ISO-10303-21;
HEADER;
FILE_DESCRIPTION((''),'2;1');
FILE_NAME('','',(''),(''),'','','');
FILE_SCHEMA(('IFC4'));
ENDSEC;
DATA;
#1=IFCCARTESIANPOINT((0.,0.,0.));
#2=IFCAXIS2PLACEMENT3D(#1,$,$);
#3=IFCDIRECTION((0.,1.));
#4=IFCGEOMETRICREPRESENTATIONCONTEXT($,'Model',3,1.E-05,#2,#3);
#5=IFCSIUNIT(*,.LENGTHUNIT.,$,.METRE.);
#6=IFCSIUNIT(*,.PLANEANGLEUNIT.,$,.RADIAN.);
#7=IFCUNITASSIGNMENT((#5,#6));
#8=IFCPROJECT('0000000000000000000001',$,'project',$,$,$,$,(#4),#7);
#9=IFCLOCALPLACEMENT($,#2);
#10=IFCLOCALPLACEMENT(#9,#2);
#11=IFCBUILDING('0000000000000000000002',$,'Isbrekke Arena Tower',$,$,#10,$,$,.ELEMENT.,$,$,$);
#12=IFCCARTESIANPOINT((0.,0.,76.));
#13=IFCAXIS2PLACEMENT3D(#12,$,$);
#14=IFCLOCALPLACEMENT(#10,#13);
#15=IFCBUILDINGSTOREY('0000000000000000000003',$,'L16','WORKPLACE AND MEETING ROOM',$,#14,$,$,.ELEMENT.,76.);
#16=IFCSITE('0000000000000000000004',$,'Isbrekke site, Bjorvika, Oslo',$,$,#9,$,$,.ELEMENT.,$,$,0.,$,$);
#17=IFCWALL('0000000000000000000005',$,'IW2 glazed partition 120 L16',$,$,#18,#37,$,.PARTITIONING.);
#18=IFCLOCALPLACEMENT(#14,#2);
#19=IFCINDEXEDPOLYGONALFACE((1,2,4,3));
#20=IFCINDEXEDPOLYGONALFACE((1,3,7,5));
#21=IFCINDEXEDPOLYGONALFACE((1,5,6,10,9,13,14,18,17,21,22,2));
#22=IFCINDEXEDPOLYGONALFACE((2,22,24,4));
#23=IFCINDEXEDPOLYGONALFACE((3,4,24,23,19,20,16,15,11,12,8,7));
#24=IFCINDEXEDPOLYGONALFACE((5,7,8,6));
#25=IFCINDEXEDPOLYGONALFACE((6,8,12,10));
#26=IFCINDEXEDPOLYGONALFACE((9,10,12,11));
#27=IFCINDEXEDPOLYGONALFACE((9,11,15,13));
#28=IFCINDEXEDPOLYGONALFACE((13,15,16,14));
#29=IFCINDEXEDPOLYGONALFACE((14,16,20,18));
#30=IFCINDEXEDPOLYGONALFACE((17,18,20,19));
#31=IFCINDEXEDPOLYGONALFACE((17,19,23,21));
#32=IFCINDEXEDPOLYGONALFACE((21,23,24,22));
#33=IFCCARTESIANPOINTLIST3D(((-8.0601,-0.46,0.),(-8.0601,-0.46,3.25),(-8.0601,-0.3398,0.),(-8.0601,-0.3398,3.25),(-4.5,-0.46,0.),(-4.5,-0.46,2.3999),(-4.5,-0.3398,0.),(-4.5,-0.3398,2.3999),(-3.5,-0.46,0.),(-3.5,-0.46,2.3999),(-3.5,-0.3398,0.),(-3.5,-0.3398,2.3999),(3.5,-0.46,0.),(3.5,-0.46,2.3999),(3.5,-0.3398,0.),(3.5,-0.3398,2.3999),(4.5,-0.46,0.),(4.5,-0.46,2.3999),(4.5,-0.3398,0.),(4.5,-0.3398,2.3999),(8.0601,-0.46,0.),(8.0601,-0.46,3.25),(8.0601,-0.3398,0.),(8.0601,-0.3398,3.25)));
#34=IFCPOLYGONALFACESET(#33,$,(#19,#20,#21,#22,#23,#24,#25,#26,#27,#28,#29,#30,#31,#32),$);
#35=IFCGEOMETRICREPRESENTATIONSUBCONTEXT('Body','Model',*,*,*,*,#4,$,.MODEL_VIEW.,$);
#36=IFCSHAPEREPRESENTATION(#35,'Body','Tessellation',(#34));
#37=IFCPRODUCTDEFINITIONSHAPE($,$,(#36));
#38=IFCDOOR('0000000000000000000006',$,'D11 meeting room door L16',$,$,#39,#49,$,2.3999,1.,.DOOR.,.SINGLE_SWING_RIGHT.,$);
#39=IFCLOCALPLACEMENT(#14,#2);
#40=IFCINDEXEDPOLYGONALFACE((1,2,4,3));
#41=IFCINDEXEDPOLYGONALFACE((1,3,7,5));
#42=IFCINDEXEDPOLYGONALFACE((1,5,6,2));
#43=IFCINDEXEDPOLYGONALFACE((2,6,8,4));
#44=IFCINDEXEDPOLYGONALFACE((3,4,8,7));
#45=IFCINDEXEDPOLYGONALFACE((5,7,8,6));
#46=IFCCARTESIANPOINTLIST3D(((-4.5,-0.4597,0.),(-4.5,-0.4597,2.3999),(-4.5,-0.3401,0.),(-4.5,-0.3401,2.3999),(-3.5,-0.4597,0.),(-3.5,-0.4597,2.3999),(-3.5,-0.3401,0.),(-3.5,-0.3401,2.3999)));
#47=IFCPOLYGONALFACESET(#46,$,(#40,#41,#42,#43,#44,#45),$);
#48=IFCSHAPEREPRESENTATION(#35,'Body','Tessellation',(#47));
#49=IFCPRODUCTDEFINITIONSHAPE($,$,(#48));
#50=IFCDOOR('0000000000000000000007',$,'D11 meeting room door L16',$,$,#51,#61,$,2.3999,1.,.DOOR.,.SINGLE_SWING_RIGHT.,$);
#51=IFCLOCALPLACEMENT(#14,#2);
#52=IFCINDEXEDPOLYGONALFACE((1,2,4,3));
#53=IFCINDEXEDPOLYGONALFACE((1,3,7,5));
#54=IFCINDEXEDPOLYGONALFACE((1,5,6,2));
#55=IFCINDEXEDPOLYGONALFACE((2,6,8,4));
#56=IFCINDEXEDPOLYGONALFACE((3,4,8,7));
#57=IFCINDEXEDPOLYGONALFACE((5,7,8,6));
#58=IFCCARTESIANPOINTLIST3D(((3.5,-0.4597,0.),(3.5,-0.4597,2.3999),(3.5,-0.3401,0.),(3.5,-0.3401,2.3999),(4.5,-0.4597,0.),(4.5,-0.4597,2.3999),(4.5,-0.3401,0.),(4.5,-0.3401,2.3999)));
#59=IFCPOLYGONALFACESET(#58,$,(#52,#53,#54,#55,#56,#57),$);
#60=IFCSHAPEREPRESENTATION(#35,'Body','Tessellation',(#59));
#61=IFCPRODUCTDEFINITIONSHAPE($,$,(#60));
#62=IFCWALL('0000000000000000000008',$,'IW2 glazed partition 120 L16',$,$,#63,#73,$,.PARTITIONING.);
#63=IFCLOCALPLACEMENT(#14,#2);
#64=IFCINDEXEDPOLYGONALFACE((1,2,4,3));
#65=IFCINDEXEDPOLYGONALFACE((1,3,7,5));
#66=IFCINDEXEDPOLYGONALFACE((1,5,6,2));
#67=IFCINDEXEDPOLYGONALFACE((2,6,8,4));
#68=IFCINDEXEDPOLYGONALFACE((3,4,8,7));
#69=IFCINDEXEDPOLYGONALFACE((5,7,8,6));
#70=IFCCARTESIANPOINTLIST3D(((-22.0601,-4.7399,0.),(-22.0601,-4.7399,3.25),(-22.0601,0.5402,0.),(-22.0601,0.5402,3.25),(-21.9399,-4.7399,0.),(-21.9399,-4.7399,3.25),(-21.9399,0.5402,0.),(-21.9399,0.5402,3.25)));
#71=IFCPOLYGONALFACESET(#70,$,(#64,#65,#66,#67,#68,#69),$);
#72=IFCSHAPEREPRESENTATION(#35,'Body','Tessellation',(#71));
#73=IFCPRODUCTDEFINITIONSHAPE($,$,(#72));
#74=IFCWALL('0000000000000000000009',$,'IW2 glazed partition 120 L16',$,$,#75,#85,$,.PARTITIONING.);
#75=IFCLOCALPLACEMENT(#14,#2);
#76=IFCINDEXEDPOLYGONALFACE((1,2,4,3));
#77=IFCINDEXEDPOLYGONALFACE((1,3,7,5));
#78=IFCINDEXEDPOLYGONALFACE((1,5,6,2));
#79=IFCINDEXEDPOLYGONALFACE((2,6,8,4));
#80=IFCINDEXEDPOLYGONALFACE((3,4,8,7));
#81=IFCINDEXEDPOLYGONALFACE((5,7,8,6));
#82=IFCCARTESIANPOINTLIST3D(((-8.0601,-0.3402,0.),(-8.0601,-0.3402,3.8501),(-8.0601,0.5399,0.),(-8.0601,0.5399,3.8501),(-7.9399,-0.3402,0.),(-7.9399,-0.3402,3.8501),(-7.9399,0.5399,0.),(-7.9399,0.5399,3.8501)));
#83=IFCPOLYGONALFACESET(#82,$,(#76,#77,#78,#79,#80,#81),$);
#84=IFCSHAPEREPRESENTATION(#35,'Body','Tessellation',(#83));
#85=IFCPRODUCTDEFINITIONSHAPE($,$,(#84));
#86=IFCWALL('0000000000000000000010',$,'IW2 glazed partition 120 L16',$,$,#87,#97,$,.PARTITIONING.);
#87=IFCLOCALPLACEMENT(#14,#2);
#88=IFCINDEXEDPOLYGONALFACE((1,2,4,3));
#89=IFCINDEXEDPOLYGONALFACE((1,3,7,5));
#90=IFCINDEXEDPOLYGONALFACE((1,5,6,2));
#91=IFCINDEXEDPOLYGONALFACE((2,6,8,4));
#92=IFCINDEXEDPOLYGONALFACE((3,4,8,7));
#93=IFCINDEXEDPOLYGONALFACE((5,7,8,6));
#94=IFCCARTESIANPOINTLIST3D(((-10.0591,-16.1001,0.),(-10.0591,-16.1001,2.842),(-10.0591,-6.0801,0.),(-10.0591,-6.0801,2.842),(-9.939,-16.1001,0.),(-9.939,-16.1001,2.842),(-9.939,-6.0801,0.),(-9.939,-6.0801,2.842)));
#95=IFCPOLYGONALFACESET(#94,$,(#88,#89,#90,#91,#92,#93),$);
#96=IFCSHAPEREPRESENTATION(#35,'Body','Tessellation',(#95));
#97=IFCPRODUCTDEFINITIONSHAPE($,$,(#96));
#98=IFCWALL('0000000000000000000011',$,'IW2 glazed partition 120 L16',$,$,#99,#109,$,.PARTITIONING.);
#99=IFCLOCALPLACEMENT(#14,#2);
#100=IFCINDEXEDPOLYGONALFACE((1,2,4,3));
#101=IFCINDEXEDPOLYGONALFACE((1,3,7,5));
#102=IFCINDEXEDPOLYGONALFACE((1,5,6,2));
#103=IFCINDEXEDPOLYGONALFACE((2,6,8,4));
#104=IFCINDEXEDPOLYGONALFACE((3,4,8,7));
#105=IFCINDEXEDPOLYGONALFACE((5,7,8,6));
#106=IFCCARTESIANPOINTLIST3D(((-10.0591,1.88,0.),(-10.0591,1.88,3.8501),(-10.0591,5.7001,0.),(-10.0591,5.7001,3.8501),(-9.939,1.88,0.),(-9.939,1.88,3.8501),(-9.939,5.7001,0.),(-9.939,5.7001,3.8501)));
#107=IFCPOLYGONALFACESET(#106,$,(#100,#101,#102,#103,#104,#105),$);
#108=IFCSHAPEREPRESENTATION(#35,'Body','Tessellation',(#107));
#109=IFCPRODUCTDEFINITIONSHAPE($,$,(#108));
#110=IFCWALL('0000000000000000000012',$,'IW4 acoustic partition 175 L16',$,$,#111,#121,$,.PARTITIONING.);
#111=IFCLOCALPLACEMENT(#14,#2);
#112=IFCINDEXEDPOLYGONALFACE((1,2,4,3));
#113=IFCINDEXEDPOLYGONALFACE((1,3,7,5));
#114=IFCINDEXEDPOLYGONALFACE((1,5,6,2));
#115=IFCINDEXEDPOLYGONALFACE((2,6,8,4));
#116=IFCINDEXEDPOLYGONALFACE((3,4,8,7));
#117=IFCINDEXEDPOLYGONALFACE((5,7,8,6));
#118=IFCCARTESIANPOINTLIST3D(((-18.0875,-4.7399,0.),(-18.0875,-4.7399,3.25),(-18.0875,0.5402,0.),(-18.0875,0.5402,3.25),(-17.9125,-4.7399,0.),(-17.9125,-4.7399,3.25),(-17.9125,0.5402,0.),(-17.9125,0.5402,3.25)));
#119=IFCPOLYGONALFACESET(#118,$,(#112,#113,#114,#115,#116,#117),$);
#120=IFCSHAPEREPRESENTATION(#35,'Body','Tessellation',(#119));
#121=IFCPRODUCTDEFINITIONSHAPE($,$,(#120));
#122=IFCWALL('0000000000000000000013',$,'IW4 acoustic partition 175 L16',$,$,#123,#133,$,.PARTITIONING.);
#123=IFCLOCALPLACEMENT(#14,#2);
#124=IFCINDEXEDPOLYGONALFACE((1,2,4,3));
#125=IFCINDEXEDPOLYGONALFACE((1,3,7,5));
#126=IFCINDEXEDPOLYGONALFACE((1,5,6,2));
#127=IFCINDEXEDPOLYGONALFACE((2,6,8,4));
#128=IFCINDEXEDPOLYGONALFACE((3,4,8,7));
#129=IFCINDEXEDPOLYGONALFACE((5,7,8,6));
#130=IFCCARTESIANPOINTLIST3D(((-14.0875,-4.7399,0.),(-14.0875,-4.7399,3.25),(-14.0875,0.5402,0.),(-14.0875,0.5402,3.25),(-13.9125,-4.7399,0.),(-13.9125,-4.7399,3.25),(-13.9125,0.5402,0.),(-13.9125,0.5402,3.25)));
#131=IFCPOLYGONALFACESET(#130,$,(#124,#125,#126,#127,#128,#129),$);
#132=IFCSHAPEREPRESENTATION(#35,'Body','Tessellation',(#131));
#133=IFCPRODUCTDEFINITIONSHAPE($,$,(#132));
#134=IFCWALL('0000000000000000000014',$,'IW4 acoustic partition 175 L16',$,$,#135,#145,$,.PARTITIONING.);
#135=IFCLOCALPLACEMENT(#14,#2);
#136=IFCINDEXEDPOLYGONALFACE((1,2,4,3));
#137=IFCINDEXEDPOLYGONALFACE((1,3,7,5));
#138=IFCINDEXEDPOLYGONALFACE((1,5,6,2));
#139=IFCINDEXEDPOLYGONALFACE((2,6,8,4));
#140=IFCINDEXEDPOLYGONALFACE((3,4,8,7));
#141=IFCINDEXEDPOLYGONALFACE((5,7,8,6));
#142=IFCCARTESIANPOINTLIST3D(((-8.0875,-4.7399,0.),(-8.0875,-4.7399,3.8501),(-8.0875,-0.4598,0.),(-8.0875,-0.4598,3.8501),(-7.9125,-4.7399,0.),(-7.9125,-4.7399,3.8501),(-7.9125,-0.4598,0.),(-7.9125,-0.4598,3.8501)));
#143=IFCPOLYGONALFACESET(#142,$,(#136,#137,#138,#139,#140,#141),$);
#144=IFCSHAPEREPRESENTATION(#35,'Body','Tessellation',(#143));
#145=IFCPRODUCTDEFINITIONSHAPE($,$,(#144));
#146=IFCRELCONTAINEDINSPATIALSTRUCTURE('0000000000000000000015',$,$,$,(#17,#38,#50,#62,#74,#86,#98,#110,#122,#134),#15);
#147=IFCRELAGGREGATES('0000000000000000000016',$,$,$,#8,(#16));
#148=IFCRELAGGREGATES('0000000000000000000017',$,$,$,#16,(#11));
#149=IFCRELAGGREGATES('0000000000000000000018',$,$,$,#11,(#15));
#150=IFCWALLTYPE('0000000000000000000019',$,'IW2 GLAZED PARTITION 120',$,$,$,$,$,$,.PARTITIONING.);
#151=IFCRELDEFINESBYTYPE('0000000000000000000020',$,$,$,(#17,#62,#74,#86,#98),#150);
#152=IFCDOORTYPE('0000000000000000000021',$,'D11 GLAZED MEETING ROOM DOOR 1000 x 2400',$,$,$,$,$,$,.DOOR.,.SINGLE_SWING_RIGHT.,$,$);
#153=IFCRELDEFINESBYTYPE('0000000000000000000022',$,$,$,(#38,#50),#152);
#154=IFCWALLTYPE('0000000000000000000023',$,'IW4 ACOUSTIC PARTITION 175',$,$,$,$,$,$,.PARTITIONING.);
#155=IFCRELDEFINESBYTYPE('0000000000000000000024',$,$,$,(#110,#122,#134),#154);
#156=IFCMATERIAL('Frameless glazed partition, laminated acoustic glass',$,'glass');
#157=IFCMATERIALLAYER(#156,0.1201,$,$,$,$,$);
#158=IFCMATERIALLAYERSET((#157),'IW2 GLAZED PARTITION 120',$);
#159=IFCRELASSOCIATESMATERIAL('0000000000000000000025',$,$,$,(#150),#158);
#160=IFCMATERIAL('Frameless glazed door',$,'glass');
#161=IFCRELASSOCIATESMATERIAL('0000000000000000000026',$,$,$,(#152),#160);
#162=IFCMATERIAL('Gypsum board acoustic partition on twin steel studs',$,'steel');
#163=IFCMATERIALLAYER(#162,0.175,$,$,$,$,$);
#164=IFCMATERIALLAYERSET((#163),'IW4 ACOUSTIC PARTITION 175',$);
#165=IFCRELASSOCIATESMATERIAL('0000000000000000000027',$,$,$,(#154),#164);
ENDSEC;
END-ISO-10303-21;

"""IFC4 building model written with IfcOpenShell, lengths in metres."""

from ifc_helpers import new_model, si_unit, direction, frame, frame_2d, origin, place, context, subcontext, project, spatial, rectangle, extrude, material, layer, layer_set, type_object, element, fill, save


model = new_model("IFC4")

# Units and contexts
model_context = context("Model", 3, precision=1e-05, world=origin(), true_north=direction((0.0, 1.0)))
body_context = subcontext(model_context, "Body", "Model", "MODEL_VIEW")
ifc_project = project(units=[si_unit("LENGTHUNIT", "METRE"), si_unit("PLANEANGLEUNIT", "RADIAN")], contexts=[model_context])

# Site, building, storey
site_placement = place(None, origin())
site = spatial("IfcSite", under=ifc_project, at=site_placement, Name="Isbrekke site, Bjorvika, Oslo", CompositionType="ELEMENT", RefElevation=0.0)
building_placement = place(site_placement, origin())
building = spatial("IfcBuilding", under=site, at=building_placement, Name="Isbrekke Arena Tower", CompositionType="ELEMENT")
storey_placement = place(building_placement, frame((0.0, 0.0, 76.0)))
storey = spatial("IfcBuildingStorey", under=building, at=storey_placement, Name="L16", Description="WORKPLACE AND MEETING ROOM", CompositionType="ELEMENT", Elevation=76.0)

# Wall, openings, doors
ifc_material_1 = material(Name="Frameless glazed partition, laminated acoustic glass", Category="glass")
ifc_layer_1 = layer(ifc_material_1, 0.1201)
ifc_layer_set_1 = layer_set([ifc_layer_1], Name="IW2 GLAZED PARTITION 120")
wall_type_1 = type_object("IfcWallType", Name="IW2 GLAZED PARTITION 120", PredefinedType="PARTITIONING", material=ifc_layer_set_1)
wall_1_placement = place(storey_placement, frame((-8.0601, -0.3999, 0.0), z_axis=(0.0, 0.0, 1.0), x_axis=(1.0, 0.0, 0.0)))
wall_1 = element("IfcWall", 1, at=wall_1_placement, inside=storey, type_object=wall_type_1, Name="IW2 glazed partition 120 L16", PredefinedType="PARTITIONING", context=body_context, shape_type="SweptSolid", body=[
    extrude(rectangle(XDim=16.1201, YDim=0.1201, at=frame_2d((8.0601, 0.0))), origin(), (0.0, 0.0, 1.0), 3.25),
])
opening_1_placement = place(wall_1_placement, frame((3.5601, 0.0, 0.0)))
opening_1 = element("IfcOpeningElement", 2, at=opening_1_placement, cuts=wall_1, PredefinedType="OPENING", context=body_context, shape_type="SweptSolid", body=[
    extrude(rectangle(XDim=1.0, YDim=2.3999, at=frame_2d((0.5, 1.2))), frame((0.0, 0.075, 0.0), z_axis=(0.0, -1.0, 0.0), x_axis=(1.0, 0.0, 0.0)), (0.0, 0.0, 1.0), 0.1499),
])
opening_2_placement = place(wall_1_placement, frame((11.5601, 0.0, 0.0)))
opening_2 = element("IfcOpeningElement", 3, at=opening_2_placement, cuts=wall_1, PredefinedType="OPENING", context=body_context, shape_type="SweptSolid", body=[
    extrude(rectangle(XDim=1.0, YDim=2.3999, at=frame_2d((0.5, 1.2))), frame((0.0, 0.075, 0.0), z_axis=(0.0, -1.0, 0.0), x_axis=(1.0, 0.0, 0.0)), (0.0, 0.0, 1.0), 0.1499),
])
ifc_material_2 = material(Name="Frameless glazed door", Category="glass")
door_type_1 = type_object("IfcDoorType", Name="D11 GLAZED MEETING ROOM DOOR 1000 x 2400", OperationType="SINGLE_SWING_RIGHT", PredefinedType="DOOR", material=ifc_material_2)
door_1_placement = place(opening_1_placement, origin())
door_1 = element("IfcDoor", 4, at=door_1_placement, inside=storey, type_object=door_type_1, Name="D11 meeting room door L16", OperationType="SINGLE_SWING_RIGHT", OverallHeight=2.3999, OverallWidth=1.0, PredefinedType="DOOR", context=body_context, shape_type="SweptSolid", body=[
    extrude(rectangle(XDim=1.0, YDim=2.3999, at=frame_2d((0.5, 1.2))), frame((0.0, 0.0598, 0.0), z_axis=(0.0, -1.0, 0.0), x_axis=(1.0, 0.0, 0.0)), (0.0, 0.0, 1.0), 0.1196),
])
fill(opening_1, door_1)
door_2_placement = place(opening_2_placement, origin())
door_2 = element("IfcDoor", 5, at=door_2_placement, inside=storey, type_object=door_type_1, Name="D11 meeting room door L16", OperationType="SINGLE_SWING_RIGHT", OverallHeight=2.3999, OverallWidth=1.0, PredefinedType="DOOR", context=body_context, shape_type="SweptSolid", body=[
    extrude(rectangle(XDim=1.0, YDim=2.3999, at=frame_2d((0.5, 1.2))), frame((0.0, 0.0598, 0.0), z_axis=(0.0, -1.0, 0.0), x_axis=(1.0, 0.0, 0.0)), (0.0, 0.0, 1.0), 0.1196),
])
fill(opening_2, door_2)

# Walls
wall_2_placement = place(storey_placement, frame((-22.0, -4.74, 0.0), z_axis=(0.0, 0.0, 1.0), x_axis=(0.0, 1.0, 0.0)))
element("IfcWall", 6, at=wall_2_placement, inside=storey, type_object=wall_type_1, Name="IW2 glazed partition 120 L16", PredefinedType="PARTITIONING", context=body_context, shape_type="SweptSolid", body=[
    extrude(rectangle(XDim=5.28, YDim=0.1201, at=frame_2d((2.6401, 0.0))), origin(), (0.0, 0.0, 1.0), 3.25),
])
wall_3_placement = place(storey_placement, frame((-8.0, -0.3401, 0.0), z_axis=(0.0, 0.0, 1.0), x_axis=(0.0, 1.0, 0.0)))
element("IfcWall", 7, at=wall_3_placement, inside=storey, type_object=wall_type_1, Name="IW2 glazed partition 120 L16", PredefinedType="PARTITIONING", context=body_context, shape_type="SweptSolid", body=[
    extrude(rectangle(XDim=0.8801, YDim=0.1201, at=frame_2d((0.4399, 0.0))), origin(), (0.0, 0.0, 1.0), 3.8501),
])
wall_4_placement = place(storey_placement, frame((-9.999, -16.1001, 0.0), z_axis=(0.0, 0.0, 1.0), x_axis=(0.0, 1.0, 0.0)))
element("IfcWall", 8, at=wall_4_placement, inside=storey, type_object=wall_type_1, Name="IW2 glazed partition 120 L16", PredefinedType="PARTITIONING", context=body_context, shape_type="SweptSolid", body=[
    extrude(rectangle(XDim=10.02, YDim=0.1201, at=frame_2d((5.01, 0.0))), origin(), (0.0, 0.0, 1.0), 2.842),
])
wall_5_placement = place(storey_placement, frame((-9.999, 1.8799, 0.0), z_axis=(0.0, 0.0, 1.0), x_axis=(0.0, 1.0, 0.0)))
element("IfcWall", 9, at=wall_5_placement, inside=storey, type_object=wall_type_1, Name="IW2 glazed partition 120 L16", PredefinedType="PARTITIONING", context=body_context, shape_type="SweptSolid", body=[
    extrude(rectangle(XDim=3.8201, YDim=0.1201, at=frame_2d((1.9102, 0.0))), origin(), (0.0, 0.0, 1.0), 3.8501),
])
ifc_material_3 = material(Name="Gypsum board acoustic partition on twin steel studs", Category="steel")
ifc_layer_2 = layer(ifc_material_3, 0.175)
ifc_layer_set_2 = layer_set([ifc_layer_2], Name="IW4 ACOUSTIC PARTITION 175")
wall_type_2 = type_object("IfcWallType", Name="IW4 ACOUSTIC PARTITION 175", PredefinedType="PARTITIONING", material=ifc_layer_set_2)
for number, where, z_axis, x_axis, name in (
    (10, (-18.0, -4.74, 0.0), (0.0, 0.0, 1.0), (0.0, 1.0, 0.0), "IW4 acoustic partition 175 L16"),
    (11, (-14.0, -4.74, 0.0), (0.0, 0.0, 1.0), (0.0, 1.0, 0.0), "IW4 acoustic partition 175 L16"),
):
    element("IfcWall", number, at=place(storey_placement, frame(where, z_axis=z_axis, x_axis=x_axis)), inside=storey, type_object=wall_type_2, Name=name, PredefinedType="PARTITIONING", context=body_context, shape_type="SweptSolid", body=[
        extrude(rectangle(XDim=5.28, YDim=0.175, at=frame_2d((2.6401, 0.0))), origin(), (0.0, 0.0, 1.0), 3.25),
    ])
wall_6_placement = place(storey_placement, frame((-8.0, -4.74, 0.0), z_axis=(0.0, 0.0, 1.0), x_axis=(0.0, 1.0, 0.0)))
element("IfcWall", 12, at=wall_6_placement, inside=storey, type_object=wall_type_2, Name="IW4 acoustic partition 175 L16", PredefinedType="PARTITIONING", context=body_context, shape_type="SweptSolid", body=[
    extrude(rectangle(XDim=4.28, YDim=0.175, at=frame_2d((2.1401, 0.0))), origin(), (0.0, 0.0, 1.0), 3.8501),
])

save(model, "model.ifc")
